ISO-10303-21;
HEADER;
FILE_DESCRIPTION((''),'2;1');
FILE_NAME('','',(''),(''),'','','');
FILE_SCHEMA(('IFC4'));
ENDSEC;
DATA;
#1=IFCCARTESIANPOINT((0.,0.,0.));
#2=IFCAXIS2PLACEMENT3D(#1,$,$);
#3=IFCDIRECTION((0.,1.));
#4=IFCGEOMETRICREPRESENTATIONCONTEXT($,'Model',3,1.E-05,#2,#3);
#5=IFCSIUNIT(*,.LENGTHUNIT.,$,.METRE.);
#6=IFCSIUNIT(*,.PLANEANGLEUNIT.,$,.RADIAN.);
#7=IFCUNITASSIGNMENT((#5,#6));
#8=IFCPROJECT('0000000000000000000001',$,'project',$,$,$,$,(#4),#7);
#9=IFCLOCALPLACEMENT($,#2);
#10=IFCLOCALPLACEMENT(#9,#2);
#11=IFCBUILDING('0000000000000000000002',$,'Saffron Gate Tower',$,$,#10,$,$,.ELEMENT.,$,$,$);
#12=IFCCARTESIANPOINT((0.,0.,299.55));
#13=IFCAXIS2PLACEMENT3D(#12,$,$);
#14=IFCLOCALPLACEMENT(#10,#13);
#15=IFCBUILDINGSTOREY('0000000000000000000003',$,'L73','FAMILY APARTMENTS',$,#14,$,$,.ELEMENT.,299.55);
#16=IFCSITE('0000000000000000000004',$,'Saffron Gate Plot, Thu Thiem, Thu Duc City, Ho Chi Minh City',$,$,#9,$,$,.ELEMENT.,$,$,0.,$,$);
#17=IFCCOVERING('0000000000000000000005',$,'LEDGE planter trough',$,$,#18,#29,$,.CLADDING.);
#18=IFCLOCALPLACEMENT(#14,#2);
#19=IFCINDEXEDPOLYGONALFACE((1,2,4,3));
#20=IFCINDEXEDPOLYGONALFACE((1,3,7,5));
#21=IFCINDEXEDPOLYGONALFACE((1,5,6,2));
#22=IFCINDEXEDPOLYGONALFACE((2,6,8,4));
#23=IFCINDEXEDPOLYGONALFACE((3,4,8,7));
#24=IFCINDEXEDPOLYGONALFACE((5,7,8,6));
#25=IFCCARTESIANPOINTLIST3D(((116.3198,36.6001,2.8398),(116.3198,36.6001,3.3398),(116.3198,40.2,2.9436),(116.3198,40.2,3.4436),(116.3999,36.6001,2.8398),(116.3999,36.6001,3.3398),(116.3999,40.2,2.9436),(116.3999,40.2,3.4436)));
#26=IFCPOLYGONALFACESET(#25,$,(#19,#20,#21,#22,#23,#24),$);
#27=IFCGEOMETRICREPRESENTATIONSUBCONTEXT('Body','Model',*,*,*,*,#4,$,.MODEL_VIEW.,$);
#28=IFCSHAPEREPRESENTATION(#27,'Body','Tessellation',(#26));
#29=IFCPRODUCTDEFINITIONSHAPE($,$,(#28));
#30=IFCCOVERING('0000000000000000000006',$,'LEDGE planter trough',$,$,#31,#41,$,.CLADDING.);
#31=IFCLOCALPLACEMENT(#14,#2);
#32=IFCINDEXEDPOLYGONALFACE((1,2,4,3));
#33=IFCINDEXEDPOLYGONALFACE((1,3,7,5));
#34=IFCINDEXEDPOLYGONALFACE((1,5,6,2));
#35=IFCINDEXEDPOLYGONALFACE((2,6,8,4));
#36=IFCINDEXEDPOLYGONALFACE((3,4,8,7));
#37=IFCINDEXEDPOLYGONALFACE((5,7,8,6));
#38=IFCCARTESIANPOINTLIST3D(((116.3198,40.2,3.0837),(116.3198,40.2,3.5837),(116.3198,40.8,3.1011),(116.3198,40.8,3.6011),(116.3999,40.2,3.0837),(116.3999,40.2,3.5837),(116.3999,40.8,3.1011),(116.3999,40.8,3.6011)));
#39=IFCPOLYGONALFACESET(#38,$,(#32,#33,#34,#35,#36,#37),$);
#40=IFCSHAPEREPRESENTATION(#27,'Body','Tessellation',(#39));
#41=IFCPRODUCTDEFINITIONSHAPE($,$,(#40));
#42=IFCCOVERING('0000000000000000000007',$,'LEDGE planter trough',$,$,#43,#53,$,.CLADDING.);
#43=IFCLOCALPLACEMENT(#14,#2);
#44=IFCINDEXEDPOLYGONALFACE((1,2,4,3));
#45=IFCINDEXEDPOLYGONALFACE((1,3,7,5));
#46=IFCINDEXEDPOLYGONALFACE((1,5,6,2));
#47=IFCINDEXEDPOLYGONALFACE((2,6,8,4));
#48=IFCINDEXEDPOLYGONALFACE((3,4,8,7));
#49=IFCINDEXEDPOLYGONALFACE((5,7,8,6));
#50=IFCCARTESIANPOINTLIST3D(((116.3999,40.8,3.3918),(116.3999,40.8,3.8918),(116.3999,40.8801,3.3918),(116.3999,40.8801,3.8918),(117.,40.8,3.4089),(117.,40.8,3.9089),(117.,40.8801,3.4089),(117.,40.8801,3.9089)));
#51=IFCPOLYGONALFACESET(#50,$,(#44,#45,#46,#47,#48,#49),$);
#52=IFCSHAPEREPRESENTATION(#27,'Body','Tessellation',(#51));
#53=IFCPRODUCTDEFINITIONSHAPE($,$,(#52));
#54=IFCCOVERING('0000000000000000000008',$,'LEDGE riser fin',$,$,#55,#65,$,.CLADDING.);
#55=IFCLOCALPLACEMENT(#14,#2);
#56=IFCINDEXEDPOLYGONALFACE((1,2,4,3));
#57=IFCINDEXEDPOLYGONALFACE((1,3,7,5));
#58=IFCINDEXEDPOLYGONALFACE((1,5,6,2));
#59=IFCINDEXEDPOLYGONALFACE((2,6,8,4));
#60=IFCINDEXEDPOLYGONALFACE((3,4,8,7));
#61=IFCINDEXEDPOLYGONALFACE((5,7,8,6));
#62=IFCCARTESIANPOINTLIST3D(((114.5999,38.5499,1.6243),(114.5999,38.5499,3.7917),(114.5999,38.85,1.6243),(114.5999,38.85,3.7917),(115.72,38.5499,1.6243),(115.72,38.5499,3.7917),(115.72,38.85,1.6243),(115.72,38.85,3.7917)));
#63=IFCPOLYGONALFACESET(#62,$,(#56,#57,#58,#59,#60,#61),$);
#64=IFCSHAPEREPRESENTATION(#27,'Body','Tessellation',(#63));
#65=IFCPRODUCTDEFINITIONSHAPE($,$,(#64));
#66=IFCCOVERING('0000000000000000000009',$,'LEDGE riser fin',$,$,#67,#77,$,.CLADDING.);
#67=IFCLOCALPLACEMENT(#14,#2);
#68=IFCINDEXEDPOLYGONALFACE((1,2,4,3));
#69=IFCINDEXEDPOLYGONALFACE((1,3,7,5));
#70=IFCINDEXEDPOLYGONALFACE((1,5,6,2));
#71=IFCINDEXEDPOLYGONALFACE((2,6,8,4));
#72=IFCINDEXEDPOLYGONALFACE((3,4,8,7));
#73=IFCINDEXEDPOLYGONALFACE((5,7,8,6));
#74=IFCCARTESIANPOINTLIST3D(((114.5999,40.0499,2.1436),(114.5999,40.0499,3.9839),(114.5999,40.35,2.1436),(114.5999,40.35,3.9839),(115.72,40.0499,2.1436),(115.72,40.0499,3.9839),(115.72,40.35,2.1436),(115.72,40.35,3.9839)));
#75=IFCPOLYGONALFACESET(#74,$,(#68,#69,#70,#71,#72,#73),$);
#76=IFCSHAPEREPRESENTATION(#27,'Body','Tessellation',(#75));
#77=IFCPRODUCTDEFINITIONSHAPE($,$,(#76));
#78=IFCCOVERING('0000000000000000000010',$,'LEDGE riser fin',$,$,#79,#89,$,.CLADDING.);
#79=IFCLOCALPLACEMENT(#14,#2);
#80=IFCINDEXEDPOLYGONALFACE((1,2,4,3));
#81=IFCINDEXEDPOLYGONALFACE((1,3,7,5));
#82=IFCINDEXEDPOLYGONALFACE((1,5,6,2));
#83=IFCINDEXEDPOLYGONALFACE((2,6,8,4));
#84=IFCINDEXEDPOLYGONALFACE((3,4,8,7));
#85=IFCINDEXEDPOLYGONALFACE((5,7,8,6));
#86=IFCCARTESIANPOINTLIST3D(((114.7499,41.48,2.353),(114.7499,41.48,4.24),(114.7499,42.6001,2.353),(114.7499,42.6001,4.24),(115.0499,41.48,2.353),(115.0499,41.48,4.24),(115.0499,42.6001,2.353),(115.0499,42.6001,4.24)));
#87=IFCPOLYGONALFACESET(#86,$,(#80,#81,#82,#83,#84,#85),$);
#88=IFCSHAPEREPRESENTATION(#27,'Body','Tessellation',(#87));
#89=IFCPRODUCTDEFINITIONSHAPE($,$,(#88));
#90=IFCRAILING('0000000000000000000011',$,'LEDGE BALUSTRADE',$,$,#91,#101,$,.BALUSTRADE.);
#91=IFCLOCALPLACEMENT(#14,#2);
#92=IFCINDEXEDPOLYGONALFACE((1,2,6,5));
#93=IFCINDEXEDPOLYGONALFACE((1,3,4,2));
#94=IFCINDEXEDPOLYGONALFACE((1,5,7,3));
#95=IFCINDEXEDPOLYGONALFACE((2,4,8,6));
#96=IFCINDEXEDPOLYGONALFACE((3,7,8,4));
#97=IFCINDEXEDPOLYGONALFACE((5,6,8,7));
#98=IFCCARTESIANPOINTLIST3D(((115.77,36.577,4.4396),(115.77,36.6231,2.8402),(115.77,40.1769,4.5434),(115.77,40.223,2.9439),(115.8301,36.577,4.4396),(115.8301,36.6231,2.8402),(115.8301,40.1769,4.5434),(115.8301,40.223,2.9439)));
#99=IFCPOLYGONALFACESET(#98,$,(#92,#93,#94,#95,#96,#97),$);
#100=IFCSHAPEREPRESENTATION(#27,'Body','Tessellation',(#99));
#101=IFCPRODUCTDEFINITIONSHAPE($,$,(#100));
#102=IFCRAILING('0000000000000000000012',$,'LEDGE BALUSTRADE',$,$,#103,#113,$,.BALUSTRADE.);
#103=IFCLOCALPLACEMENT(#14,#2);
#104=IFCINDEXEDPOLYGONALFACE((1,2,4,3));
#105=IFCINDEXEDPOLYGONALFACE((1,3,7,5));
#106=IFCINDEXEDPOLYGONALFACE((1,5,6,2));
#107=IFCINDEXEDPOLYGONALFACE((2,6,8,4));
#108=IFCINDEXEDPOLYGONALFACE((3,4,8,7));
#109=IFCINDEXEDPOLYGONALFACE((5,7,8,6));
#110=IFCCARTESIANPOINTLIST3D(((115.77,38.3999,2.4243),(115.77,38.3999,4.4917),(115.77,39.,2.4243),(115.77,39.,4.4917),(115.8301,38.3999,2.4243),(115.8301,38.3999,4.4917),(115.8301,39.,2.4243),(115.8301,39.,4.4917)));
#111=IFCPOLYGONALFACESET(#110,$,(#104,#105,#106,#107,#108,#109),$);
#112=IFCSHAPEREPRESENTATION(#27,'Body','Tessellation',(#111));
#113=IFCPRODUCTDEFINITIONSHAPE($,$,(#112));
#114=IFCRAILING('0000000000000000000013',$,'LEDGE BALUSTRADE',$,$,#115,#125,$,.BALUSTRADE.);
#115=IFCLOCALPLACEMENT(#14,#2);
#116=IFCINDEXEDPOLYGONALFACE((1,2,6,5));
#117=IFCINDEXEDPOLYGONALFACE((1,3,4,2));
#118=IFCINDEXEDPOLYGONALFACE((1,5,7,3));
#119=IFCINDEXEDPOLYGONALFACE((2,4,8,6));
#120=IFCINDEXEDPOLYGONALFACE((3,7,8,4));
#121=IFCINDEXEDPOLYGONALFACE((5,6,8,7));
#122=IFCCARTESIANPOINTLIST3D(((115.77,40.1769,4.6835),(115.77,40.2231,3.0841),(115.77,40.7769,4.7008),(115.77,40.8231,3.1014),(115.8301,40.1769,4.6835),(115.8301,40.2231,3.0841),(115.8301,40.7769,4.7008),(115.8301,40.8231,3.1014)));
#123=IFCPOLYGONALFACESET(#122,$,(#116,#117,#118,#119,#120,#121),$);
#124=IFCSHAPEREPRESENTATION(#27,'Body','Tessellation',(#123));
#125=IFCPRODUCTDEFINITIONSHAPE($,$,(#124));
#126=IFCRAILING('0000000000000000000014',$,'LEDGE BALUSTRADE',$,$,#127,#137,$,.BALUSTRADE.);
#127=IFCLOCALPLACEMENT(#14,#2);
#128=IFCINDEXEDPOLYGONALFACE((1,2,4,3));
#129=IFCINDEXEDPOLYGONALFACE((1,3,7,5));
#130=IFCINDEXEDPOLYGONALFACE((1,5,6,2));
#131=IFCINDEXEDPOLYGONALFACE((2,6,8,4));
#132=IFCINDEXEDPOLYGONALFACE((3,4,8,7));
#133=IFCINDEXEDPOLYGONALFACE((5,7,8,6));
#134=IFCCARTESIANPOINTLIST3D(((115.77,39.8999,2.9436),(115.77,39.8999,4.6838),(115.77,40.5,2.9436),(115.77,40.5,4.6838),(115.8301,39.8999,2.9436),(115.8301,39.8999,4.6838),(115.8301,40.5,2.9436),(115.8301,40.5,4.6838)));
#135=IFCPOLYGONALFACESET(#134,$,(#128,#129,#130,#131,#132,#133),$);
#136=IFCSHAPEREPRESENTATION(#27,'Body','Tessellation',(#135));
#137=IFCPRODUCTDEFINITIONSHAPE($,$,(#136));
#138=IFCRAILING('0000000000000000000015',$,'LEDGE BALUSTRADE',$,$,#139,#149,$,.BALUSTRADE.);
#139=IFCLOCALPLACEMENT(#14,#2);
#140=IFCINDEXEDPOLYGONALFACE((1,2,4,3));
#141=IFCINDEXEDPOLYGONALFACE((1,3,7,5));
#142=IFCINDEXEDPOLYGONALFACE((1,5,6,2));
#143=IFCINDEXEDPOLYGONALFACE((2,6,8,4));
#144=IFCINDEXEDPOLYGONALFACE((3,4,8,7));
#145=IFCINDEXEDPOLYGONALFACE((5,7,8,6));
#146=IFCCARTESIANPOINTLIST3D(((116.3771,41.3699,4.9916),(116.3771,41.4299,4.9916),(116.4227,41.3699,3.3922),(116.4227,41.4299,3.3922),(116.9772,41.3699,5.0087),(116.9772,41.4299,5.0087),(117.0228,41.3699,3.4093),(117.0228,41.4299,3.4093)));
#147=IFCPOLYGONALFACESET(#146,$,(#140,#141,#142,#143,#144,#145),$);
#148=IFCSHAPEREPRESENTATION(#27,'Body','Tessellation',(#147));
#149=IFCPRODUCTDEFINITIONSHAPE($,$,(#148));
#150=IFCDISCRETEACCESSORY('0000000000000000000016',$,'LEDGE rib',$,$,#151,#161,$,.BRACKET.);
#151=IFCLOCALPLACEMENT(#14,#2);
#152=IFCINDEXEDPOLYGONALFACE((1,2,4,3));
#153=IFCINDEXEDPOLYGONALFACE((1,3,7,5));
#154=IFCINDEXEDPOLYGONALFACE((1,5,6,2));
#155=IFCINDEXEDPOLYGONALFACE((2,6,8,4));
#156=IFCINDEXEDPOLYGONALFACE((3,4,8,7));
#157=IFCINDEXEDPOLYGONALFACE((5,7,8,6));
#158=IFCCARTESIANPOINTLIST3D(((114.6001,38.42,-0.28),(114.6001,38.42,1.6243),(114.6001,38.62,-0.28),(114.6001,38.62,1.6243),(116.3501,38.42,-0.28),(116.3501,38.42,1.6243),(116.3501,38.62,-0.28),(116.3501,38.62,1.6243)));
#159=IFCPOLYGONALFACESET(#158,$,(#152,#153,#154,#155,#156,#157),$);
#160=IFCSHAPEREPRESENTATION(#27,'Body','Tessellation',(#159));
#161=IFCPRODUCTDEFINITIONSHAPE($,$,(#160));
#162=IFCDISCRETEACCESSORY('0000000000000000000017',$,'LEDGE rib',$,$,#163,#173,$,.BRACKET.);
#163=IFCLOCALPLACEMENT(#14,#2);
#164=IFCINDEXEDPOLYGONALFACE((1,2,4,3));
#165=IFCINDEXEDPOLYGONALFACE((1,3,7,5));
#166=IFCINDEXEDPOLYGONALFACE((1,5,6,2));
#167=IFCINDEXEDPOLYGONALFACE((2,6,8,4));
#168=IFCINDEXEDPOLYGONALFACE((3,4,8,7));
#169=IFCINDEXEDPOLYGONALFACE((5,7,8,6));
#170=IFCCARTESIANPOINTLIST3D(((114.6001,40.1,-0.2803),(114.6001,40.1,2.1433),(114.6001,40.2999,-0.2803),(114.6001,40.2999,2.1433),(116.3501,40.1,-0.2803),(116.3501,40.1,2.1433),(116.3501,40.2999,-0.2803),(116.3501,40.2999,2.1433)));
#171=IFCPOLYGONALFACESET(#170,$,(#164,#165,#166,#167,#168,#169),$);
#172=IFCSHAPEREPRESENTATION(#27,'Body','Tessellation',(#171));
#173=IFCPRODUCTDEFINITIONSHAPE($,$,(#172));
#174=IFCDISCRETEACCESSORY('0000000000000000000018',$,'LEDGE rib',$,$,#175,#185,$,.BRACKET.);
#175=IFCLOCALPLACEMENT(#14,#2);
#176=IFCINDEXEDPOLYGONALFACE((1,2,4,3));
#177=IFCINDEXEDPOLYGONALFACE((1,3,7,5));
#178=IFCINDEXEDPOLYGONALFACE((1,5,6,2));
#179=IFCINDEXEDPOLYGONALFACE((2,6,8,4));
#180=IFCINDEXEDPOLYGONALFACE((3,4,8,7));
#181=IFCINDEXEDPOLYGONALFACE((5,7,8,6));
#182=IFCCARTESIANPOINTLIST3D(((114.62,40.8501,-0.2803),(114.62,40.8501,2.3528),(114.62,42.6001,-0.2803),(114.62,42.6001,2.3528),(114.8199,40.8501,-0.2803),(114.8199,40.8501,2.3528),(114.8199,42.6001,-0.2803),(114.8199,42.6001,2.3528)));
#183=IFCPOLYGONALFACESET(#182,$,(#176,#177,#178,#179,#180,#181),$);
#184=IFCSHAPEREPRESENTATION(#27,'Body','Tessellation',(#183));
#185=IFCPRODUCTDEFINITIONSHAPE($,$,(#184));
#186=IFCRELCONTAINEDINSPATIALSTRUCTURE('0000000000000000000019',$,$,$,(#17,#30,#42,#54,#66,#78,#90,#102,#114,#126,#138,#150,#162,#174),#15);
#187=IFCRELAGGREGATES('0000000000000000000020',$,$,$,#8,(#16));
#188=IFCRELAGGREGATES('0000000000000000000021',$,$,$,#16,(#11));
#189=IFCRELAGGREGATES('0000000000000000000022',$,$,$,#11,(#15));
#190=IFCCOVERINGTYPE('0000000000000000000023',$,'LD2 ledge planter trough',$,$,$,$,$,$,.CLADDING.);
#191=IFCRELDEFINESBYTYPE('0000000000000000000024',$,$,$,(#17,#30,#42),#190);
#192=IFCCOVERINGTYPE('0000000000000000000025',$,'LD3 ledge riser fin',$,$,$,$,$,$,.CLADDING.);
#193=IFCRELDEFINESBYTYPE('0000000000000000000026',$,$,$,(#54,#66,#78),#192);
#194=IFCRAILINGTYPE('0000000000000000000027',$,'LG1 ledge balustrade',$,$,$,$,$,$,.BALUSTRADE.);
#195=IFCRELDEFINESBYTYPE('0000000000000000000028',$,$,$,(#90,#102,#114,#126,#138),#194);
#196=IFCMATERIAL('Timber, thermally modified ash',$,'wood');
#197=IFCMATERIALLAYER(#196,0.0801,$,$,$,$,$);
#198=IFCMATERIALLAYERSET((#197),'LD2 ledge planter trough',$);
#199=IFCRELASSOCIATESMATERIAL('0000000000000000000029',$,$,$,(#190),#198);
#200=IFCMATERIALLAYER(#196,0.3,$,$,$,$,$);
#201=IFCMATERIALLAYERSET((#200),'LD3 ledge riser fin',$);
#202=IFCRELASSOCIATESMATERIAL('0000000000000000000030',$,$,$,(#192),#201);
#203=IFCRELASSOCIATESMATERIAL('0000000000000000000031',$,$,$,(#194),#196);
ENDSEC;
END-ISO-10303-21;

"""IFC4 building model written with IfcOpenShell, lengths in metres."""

from ifc_helpers import new_model, si_unit, direction, frame, origin, origin_2d, place, context, subcontext, project, spatial, polyline, rectangle, outline, extrude, material, layer, layer_set, type_object, element, save


model = new_model("IFC4")

# Units and contexts
model_context = context("Model", 3, precision=1e-05, world=origin(), true_north=direction((0.0, 1.0)))
body_context = subcontext(model_context, "Body", "Model", "MODEL_VIEW")
ifc_project = project(units=[si_unit("LENGTHUNIT", "METRE"), si_unit("PLANEANGLEUNIT", "RADIAN")], contexts=[model_context])

# Site, building, storey
site_placement = place(None, origin())
site = spatial("IfcSite", under=ifc_project, at=site_placement, Name="Saffron Gate Plot, Thu Thiem, Thu Duc City, Ho Chi Minh City", CompositionType="ELEMENT", RefElevation=0.0)
building_placement = place(site_placement, origin())
building = spatial("IfcBuilding", under=site, at=building_placement, Name="Saffron Gate Tower", CompositionType="ELEMENT")
storey_placement = place(building_placement, frame((0.0, 0.0, 299.55)))
storey = spatial("IfcBuildingStorey", under=building, at=storey_placement, Name="L73", Description="FAMILY APARTMENTS", CompositionType="ELEMENT", Elevation=299.55)

# Coverings
ifc_material_1 = material(Name="Timber, thermally modified ash", Category="wood")
ifc_layer_1 = layer(ifc_material_1, 0.0801)
ifc_layer_set_1 = layer_set([ifc_layer_1], Name="LD2 ledge planter trough")
covering_type_1 = type_object("IfcCoveringType", Name="LD2 ledge planter trough", PredefinedType="CLADDING", material=ifc_layer_set_1)
covering_1_placement = place(storey_placement, frame((116.3999, 36.6001, 2.8398), z_axis=(1.0, 0.0, 0.0), x_axis=(0.0, 0.999585, 0.028811)))
element("IfcCovering", 1, at=covering_1_placement, inside=storey, type_object=covering_type_1, Name="LEDGE planter trough", PredefinedType="CLADDING", context=body_context, shape_type="SweptSolid", body=[
    extrude(outline(polyline([(0.0, 0.0), (3.6013, 0.0), (3.6158, 0.4998), (0.0144, 0.4998), (0.0, 0.0)])), origin(), (0.0, 0.0, -1.0), 0.0801),
])
covering_2_placement = place(storey_placement, frame((116.3999, 40.2, 3.0837), z_axis=(1.0, 0.0, 0.0), x_axis=(0.0, 0.999583, 0.028873)))
element("IfcCovering", 2, at=covering_2_placement, inside=storey, type_object=covering_type_1, Name="LEDGE planter trough", PredefinedType="CLADDING", context=body_context, shape_type="SweptSolid", body=[
    extrude(outline(polyline([(0.0, 0.0), (0.6003, 0.0), (0.6148, 0.4998), (0.0144, 0.4998), (0.0, 0.0)])), origin(), (0.0, 0.0, -1.0), 0.0801),
])
covering_3_placement = place(storey_placement, frame((116.3999, 40.8, 3.3918), z_axis=(0.0, -1.0, 0.0), x_axis=(0.999595, 0.0, 0.028467)))
element("IfcCovering", 3, at=covering_3_placement, inside=storey, type_object=covering_type_1, Name="LEDGE planter trough", PredefinedType="CLADDING", context=body_context, shape_type="SweptSolid", body=[
    extrude(outline(polyline([(0.0, 0.0), (0.6003, 0.0), (0.6146, 0.4998), (0.0142, 0.4998), (0.0, 0.0)])), origin(), (0.0, 0.0, -1.0), 0.0801),
])
ifc_layer_2 = layer(ifc_material_1, 0.3)
ifc_layer_set_2 = layer_set([ifc_layer_2], Name="LD3 ledge riser fin")
covering_type_2 = type_object("IfcCoveringType", Name="LD3 ledge riser fin", PredefinedType="CLADDING", material=ifc_layer_set_2)
covering_4_placement = place(storey_placement, frame((115.1599, 38.7, 1.6243), z_axis=(0.0, 0.0, 1.0), x_axis=(0.0, 1.0, 0.0)))
element("IfcCovering", 4, at=covering_4_placement, inside=storey, type_object=covering_type_2, Name="LEDGE riser fin", PredefinedType="CLADDING", context=body_context, shape_type="SweptSolid", body=[
    extrude(rectangle(XDim=0.3, YDim=1.1201, at=origin_2d()), origin(), (0.0, 0.0, 1.0), 2.1675),
])
covering_5_placement = place(storey_placement, frame((115.1599, 40.2, 2.1436), z_axis=(0.0, 0.0, 1.0), x_axis=(0.0, 1.0, 0.0)))
element("IfcCovering", 5, at=covering_5_placement, inside=storey, type_object=covering_type_2, Name="LEDGE riser fin", PredefinedType="CLADDING", context=body_context, shape_type="SweptSolid", body=[
    extrude(rectangle(XDim=0.3, YDim=1.1201, at=origin_2d()), origin(), (0.0, 0.0, 1.0), 1.8403),
])
covering_6_placement = place(storey_placement, frame((114.8999, 42.04, 2.353), z_axis=(0.0, 0.0, 1.0), x_axis=(1.0, 0.0, 0.0)))
element("IfcCovering", 6, at=covering_6_placement, inside=storey, type_object=covering_type_2, Name="LEDGE riser fin", PredefinedType="CLADDING", context=body_context, shape_type="SweptSolid", body=[
    extrude(rectangle(XDim=0.3, YDim=1.1201, at=origin_2d()), origin(), (0.0, 0.0, 1.0), 1.887),
])

# Railings
railing_type = type_object("IfcRailingType", Name="LG1 ledge balustrade", PredefinedType="BALUSTRADE", material=ifc_material_1)
railing_1_placement = place(storey_placement, frame((115.8, 36.6001, 2.8398)))
element("IfcRailing", 7, at=railing_1_placement, inside=storey, type_object=railing_type, Name="LEDGE BALUSTRADE", PredefinedType="BALUSTRADE", context=body_context, shape_type="SweptSolid", body=[
    extrude(rectangle(XDim=0.0601, YDim=1.6001, at=origin_2d()), frame((0.0, 0.0, 0.8), z_axis=(0.0, 0.999585, 0.028811), x_axis=(-1.0, 0.0, 0.0)), (0.0, 0.0, 1.0), 3.6013),
])
railing_2_placement = place(storey_placement, frame((115.8, 38.3999, 2.4243)))
element("IfcRailing", 8, at=railing_2_placement, inside=storey, type_object=railing_type, Name="LEDGE BALUSTRADE", PredefinedType="BALUSTRADE", context=body_context, shape_type="SweptSolid", body=[
    extrude(rectangle(XDim=0.0601, YDim=2.0674, at=origin_2d()), frame((0.0, 0.0, 1.0337), z_axis=(0.0, 1.0, 0.0), x_axis=(-1.0, 0.0, 0.0)), (0.0, 0.0, 1.0), 0.6001),
])
railing_3_placement = place(storey_placement, frame((115.8, 40.2, 3.0837)))
element("IfcRailing", 9, at=railing_3_placement, inside=storey, type_object=railing_type, Name="LEDGE BALUSTRADE", PredefinedType="BALUSTRADE", context=body_context, shape_type="SweptSolid", body=[
    extrude(rectangle(XDim=0.0601, YDim=1.6001, at=origin_2d()), frame((0.0, 0.0, 0.8), z_axis=(0.0, 0.999583, 0.028873), x_axis=(-1.0, 0.0, 0.0)), (0.0, 0.0, 1.0), 0.6003),
])
railing_4_placement = place(storey_placement, frame((115.8, 39.8999, 2.9436)))
element("IfcRailing", 10, at=railing_4_placement, inside=storey, type_object=railing_type, Name="LEDGE BALUSTRADE", PredefinedType="BALUSTRADE", context=body_context, shape_type="SweptSolid", body=[
    extrude(rectangle(XDim=0.0601, YDim=1.7402, at=origin_2d()), frame((0.0, 0.0, 0.8701), z_axis=(0.0, 1.0, 0.0), x_axis=(-1.0, 0.0, 0.0)), (0.0, 0.0, 1.0), 0.6001),
])
railing_5_placement = place(storey_placement, frame((116.3999, 41.3999, 3.3918)))
element("IfcRailing", 11, at=railing_5_placement, inside=storey, type_object=railing_type, Name="LEDGE BALUSTRADE", PredefinedType="BALUSTRADE", context=body_context, shape_type="SweptSolid", body=[
    extrude(rectangle(XDim=0.0601, YDim=1.6001, at=origin_2d()), frame((0.0, 0.0, 0.8), z_axis=(0.999595, 0.0, 0.028467), x_axis=(0.0, 1.0, 0.0)), (0.0, 0.0, 1.0), 0.6003),
])

# Discrete accessories
discrete_accessory_1_placement = place(storey_placement, frame((115.4751, 38.52, -0.28), z_axis=(0.0, 0.0, 1.0), x_axis=(0.0, 1.0, 0.0)))
element("IfcDiscreteAccessory", 12, at=discrete_accessory_1_placement, inside=storey, Name="LEDGE rib", PredefinedType="BRACKET", context=body_context, shape_type="SweptSolid", body=[
    extrude(rectangle(XDim=0.2, YDim=1.75, at=origin_2d()), origin(), (0.0, 0.0, 1.0), 1.9043),
])
discrete_accessory_2_placement = place(storey_placement, frame((115.4751, 40.2, -0.2803), z_axis=(0.0, 0.0, 1.0), x_axis=(0.0, 1.0, 0.0)))
element("IfcDiscreteAccessory", 13, at=discrete_accessory_2_placement, inside=storey, Name="LEDGE rib", PredefinedType="BRACKET", context=body_context, shape_type="SweptSolid", body=[
    extrude(rectangle(XDim=0.2, YDim=1.75, at=origin_2d()), origin(), (0.0, 0.0, 1.0), 2.4236),
])
discrete_accessory_3_placement = place(storey_placement, frame((114.72, 41.7251, -0.2803), z_axis=(0.0, 0.0, 1.0), x_axis=(1.0, 0.0, 0.0)))
element("IfcDiscreteAccessory", 14, at=discrete_accessory_3_placement, inside=storey, Name="LEDGE rib", PredefinedType="BRACKET", context=body_context, shape_type="SweptSolid", body=[
    extrude(rectangle(XDim=0.2, YDim=1.75, at=origin_2d()), origin(), (0.0, 0.0, 1.0), 2.6331),
])

save(model, "model.ifc")
